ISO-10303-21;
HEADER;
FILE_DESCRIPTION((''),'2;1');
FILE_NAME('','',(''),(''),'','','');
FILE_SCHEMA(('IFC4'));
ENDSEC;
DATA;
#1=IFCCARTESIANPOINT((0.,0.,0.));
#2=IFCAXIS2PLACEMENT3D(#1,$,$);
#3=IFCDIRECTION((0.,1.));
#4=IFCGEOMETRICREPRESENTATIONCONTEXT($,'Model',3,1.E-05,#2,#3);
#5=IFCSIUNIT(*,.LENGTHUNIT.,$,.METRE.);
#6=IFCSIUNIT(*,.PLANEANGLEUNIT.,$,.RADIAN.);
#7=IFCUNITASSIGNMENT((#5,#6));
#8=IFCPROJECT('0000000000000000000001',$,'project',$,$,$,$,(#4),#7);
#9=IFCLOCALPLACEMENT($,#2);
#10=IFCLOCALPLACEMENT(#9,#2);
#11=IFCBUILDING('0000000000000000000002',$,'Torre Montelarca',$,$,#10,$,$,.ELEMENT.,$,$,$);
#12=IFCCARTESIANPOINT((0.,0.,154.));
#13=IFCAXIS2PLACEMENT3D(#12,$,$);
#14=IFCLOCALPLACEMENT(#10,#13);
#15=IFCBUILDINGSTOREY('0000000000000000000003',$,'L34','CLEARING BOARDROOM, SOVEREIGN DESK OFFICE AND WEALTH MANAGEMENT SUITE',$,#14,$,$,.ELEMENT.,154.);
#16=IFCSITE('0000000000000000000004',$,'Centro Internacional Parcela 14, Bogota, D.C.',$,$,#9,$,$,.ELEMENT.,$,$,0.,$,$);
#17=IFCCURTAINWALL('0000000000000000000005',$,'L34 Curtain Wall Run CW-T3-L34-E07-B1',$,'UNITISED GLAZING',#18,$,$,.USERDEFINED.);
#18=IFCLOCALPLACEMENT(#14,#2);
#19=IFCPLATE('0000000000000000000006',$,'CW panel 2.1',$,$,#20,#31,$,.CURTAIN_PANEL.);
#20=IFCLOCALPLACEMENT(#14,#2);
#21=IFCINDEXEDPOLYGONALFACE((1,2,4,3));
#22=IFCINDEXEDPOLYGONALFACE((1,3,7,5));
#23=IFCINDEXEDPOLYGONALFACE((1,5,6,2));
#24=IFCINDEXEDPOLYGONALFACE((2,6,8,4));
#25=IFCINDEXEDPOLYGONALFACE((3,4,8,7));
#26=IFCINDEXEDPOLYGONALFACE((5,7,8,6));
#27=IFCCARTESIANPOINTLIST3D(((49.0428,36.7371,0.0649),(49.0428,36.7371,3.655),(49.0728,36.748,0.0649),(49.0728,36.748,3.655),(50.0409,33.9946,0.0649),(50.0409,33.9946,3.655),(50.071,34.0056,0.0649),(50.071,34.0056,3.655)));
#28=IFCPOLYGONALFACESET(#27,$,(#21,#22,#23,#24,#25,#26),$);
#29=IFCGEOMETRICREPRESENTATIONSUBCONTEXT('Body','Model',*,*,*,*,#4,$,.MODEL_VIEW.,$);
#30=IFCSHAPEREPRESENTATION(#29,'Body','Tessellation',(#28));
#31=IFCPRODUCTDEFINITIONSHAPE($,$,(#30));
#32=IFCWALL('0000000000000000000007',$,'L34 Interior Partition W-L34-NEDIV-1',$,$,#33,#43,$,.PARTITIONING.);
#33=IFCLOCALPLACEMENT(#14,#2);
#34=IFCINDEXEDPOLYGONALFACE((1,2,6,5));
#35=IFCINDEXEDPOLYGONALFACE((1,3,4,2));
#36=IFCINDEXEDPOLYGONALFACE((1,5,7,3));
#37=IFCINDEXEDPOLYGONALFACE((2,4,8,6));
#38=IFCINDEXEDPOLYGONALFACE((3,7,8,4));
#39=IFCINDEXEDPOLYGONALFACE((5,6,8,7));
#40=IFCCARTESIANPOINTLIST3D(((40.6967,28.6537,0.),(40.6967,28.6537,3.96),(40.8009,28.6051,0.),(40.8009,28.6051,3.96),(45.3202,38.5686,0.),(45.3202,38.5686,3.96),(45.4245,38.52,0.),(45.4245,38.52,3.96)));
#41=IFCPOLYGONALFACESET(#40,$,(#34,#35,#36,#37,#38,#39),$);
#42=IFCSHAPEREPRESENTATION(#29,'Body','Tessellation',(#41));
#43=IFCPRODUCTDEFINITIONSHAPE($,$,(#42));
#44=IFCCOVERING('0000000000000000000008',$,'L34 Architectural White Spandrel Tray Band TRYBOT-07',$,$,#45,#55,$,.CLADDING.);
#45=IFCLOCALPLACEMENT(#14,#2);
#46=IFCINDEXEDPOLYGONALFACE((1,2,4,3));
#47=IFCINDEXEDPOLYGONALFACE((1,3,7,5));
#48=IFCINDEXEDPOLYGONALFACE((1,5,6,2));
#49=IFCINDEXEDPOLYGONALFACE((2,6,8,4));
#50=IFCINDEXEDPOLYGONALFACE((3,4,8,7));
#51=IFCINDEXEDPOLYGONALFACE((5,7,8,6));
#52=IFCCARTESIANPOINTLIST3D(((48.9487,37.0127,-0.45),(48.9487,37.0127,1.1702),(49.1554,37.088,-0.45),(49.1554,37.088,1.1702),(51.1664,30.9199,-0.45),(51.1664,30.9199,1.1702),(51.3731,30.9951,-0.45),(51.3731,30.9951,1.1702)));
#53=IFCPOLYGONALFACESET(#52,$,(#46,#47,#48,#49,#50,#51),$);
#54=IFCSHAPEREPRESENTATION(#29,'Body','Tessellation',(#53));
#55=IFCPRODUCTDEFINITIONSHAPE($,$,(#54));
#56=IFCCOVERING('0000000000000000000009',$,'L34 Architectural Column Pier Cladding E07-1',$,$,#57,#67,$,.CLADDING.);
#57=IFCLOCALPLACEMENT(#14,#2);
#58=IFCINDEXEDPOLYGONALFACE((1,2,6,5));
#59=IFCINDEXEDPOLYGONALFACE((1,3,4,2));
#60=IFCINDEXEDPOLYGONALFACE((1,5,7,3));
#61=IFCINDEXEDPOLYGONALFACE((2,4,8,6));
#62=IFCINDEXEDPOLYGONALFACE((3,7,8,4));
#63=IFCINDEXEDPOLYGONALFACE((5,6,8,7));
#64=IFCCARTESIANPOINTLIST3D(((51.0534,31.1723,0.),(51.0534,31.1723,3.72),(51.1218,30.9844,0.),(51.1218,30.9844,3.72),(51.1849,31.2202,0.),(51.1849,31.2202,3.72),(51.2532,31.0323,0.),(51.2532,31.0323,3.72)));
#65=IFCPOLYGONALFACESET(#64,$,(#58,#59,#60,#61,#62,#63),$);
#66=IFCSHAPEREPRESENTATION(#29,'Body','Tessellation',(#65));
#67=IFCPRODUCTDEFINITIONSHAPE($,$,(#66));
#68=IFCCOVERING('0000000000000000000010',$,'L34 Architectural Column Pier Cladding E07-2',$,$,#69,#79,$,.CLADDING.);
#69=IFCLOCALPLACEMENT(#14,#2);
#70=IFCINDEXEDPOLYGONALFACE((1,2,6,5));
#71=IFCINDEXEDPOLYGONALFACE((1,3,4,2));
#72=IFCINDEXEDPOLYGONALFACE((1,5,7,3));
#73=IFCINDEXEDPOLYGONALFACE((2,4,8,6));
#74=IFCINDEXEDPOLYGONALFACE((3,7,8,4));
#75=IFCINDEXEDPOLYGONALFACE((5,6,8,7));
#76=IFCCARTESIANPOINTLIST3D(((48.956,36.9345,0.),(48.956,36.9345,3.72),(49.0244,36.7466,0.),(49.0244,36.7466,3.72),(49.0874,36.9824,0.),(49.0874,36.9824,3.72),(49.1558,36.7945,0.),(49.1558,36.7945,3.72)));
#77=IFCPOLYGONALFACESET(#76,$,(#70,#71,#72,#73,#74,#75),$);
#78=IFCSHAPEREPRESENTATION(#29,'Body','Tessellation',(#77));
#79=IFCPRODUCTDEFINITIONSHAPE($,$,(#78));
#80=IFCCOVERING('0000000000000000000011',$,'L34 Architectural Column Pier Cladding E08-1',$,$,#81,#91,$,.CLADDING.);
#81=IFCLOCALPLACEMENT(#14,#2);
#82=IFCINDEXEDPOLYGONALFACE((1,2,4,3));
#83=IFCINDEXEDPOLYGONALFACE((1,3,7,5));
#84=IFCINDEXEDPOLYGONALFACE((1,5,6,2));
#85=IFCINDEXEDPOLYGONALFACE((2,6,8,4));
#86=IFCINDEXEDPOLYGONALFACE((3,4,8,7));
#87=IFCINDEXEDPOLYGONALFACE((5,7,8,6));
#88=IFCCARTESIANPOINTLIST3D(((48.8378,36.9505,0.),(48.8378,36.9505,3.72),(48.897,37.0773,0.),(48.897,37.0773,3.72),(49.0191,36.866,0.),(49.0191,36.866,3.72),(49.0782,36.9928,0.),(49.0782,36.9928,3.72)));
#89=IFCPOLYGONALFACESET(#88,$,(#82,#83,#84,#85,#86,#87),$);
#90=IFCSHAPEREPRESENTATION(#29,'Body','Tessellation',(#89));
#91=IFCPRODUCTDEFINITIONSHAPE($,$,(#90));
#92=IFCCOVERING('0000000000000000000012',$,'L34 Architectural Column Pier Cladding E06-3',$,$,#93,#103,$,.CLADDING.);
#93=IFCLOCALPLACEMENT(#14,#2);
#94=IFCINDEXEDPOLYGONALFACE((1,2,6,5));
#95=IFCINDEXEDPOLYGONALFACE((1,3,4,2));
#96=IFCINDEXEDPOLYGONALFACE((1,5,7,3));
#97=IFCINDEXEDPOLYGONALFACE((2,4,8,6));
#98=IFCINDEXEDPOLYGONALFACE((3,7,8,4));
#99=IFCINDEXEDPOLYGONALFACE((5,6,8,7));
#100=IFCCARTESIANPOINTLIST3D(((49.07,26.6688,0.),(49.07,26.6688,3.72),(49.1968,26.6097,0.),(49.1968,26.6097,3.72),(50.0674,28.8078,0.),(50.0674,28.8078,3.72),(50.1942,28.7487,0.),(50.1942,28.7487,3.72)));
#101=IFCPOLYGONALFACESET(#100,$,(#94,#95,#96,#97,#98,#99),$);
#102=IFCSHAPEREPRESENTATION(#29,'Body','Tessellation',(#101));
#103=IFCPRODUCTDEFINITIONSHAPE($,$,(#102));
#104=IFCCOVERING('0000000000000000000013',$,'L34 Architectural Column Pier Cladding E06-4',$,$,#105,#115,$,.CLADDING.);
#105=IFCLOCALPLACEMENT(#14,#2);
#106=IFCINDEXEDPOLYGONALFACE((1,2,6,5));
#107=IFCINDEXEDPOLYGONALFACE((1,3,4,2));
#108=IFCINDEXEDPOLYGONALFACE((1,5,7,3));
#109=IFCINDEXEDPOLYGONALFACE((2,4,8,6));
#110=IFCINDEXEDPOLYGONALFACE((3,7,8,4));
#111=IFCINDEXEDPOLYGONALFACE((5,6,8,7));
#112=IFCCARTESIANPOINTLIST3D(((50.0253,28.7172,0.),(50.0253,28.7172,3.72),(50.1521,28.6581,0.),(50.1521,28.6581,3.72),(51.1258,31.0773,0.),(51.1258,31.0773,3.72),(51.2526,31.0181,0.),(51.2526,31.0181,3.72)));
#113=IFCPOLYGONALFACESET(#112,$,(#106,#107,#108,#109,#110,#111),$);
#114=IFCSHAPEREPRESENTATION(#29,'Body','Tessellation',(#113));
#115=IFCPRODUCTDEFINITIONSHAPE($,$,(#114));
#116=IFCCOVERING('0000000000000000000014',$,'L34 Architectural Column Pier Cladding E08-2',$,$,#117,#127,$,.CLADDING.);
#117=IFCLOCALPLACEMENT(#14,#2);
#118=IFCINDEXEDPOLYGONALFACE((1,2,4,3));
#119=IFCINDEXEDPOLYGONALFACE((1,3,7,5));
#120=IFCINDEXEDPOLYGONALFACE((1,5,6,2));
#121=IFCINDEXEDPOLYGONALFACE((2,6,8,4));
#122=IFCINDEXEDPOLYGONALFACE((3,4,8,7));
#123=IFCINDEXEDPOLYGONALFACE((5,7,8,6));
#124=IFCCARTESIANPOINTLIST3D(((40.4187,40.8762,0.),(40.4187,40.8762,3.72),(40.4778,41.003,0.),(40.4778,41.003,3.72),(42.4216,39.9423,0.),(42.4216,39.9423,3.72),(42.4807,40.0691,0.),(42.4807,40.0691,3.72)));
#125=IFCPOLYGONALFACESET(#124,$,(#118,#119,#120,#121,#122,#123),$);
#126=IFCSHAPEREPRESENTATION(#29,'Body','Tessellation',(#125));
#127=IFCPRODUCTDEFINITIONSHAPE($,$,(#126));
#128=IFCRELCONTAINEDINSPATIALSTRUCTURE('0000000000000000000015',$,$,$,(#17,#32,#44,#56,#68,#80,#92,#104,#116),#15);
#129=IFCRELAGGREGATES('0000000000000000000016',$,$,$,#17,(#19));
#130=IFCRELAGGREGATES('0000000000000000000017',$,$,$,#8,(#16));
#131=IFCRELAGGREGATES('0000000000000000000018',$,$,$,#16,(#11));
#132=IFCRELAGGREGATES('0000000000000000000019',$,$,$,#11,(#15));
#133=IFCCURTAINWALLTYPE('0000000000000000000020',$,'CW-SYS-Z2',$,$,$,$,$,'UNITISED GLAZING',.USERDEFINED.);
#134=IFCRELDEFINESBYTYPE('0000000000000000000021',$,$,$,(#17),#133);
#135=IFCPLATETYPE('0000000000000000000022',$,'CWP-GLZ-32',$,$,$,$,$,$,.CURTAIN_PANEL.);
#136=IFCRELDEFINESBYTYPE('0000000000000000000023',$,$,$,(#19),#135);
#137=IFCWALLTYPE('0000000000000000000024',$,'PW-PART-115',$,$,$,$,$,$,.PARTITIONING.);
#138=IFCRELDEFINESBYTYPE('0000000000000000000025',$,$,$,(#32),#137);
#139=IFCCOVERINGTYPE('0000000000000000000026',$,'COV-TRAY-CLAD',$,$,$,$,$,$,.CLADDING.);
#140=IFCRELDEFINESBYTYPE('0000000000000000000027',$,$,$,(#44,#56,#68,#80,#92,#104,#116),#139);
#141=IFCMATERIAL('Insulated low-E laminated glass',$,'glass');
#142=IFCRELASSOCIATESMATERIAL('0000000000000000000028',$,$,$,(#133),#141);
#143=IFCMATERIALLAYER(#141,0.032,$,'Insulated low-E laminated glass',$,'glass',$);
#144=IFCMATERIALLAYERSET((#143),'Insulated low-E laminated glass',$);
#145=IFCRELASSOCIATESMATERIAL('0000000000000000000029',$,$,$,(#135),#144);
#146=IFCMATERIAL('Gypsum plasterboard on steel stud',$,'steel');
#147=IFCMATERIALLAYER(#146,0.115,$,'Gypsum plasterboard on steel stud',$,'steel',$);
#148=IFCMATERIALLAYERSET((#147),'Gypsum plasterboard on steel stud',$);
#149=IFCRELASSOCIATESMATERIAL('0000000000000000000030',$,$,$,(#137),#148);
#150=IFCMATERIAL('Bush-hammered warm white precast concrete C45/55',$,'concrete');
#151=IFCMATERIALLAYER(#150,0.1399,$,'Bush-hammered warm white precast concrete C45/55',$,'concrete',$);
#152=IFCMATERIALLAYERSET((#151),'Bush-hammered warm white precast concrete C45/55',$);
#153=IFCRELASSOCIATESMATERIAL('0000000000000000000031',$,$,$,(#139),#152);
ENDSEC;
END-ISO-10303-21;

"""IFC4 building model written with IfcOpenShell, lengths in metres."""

from ifc_helpers import new_model, si_unit, direction, frame, frame_2d, origin, origin_2d, place, context, subcontext, project, spatial, rectangle, extrude, source, transform, mapped, material, layer, layer_set, type_object, element, aggregate, save


model = new_model("IFC4")

# Units and contexts
model_context = context("Model", 3, precision=1e-05, world=origin(), true_north=direction((0.0, 1.0)))
body_context = subcontext(model_context, "Body", "Model", "MODEL_VIEW")
ifc_project = project(units=[si_unit("LENGTHUNIT", "METRE"), si_unit("PLANEANGLEUNIT", "RADIAN")], contexts=[model_context])

# Site, building, storey
site_placement = place(None, origin())
site = spatial("IfcSite", under=ifc_project, at=site_placement, Name="Centro Internacional Parcela 14, Bogota, D.C.", CompositionType="ELEMENT", RefElevation=0.0)
building_placement = place(site_placement, origin())
building = spatial("IfcBuilding", under=site, at=building_placement, Name="Torre Montelarca", CompositionType="ELEMENT")
storey_placement = place(building_placement, frame((0.0, 0.0, 154.0)))
storey = spatial("IfcBuildingStorey", under=building, at=storey_placement, Name="L34", Description="CLEARING BOARDROOM, SOVEREIGN DESK OFFICE AND WEALTH MANAGEMENT SUITE", CompositionType="ELEMENT", Elevation=154.0)

# Curtain wall
ifc_material_1 = material(Name="Insulated low-E laminated glass", Category="glass")
curtain_wall_type = type_object("IfcCurtainWallType", Name="CW-SYS-Z2", ElementType="UNITISED GLAZING", PredefinedType="USERDEFINED", material=ifc_material_1)
curtain_wall_1_placement = place(storey_placement, origin())
curtain_wall_1 = element("IfcCurtainWall", 1, at=curtain_wall_1_placement, inside=storey, type_object=curtain_wall_type, Name="L34 Curtain Wall Run CW-T3-L34-E07-B1", ObjectType="UNITISED GLAZING", PredefinedType="USERDEFINED")

# Plate
ifc_layer_1 = layer(ifc_material_1, 0.032, Name="Insulated low-E laminated glass", Category="glass")
ifc_layer_set_1 = layer_set([ifc_layer_1], Name="Insulated low-E laminated glass")
plate_type = type_object("IfcPlateType", Name="CWP-GLZ-32", PredefinedType="CURTAIN_PANEL", material=ifc_layer_set_1)
shared_shape_1 = source(origin(), body_context, "Body", "SweptSolid", [
    extrude(rectangle(XDim=2.9185, YDim=0.032, at=origin_2d()), origin(), (0.0, 0.0, 1.0), 3.5901),
])
plate_1_placement = place(storey_placement, frame((49.5569, 35.3713, 0.0649), z_axis=(0.0, 0.0, 1.0), x_axis=(-0.342021, 0.939692, 0.0)))
plate_1 = element("IfcPlate", 2, at=plate_1_placement, type_object=plate_type, Name="CW panel 2.1", PredefinedType="CURTAIN_PANEL", context=body_context, shape_type="MappedRepresentation", body=[
    mapped(shared_shape_1, transform((0.0, 0.0, 0.0), scale=1.0)),
])
aggregate(curtain_wall_1, [plate_1])

# Wall
ifc_material_2 = material(Name="Gypsum plasterboard on steel stud", Category="steel")
ifc_layer_2 = layer(ifc_material_2, 0.115, Name="Gypsum plasterboard on steel stud", Category="steel")
ifc_layer_set_2 = layer_set([ifc_layer_2], Name="Gypsum plasterboard on steel stud")
wall_type = type_object("IfcWallType", Name="PW-PART-115", PredefinedType="PARTITIONING", material=ifc_layer_set_2)
wall_placement = place(storey_placement, frame((40.7488, 28.6294, 0.0), z_axis=(0.0, 0.0, 1.0), x_axis=(0.422633, 0.906301, 0.0)))
element("IfcWall", 3, at=wall_placement, inside=storey, type_object=wall_type, Name="L34 Interior Partition W-L34-NEDIV-1", PredefinedType="PARTITIONING", context=body_context, shape_type="SweptSolid", body=[
    extrude(rectangle(XDim=10.9399, YDim=0.115, at=frame_2d((5.47, 0.0))), origin(), (0.0, 0.0, 1.0), 3.96),
])

# Coverings
ifc_material_3 = material(Name="Bush-hammered warm white precast concrete C45/55", Category="concrete")
ifc_layer_3 = layer(ifc_material_3, 0.1399, Name="Bush-hammered warm white precast concrete C45/55", Category="concrete")
ifc_layer_set_3 = layer_set([ifc_layer_3], Name="Bush-hammered warm white precast concrete C45/55")
covering_type = type_object("IfcCoveringType", Name="COV-TRAY-CLAD", PredefinedType="CLADDING", material=ifc_layer_set_3)
shared_shape_2 = source(origin(), body_context, "Body", "SweptSolid", [
    extrude(rectangle(XDim=6.4839, YDim=0.22, at=origin_2d()), origin(), (0.0, 0.0, 1.0), 1.6201),
])
covering_1_placement = place(storey_placement, frame((50.1609, 34.0039, -0.45), z_axis=(0.0, 0.0, 1.0), x_axis=(-0.342023, 0.939691, 0.0)))
element("IfcCovering", 4, at=covering_1_placement, inside=storey, type_object=covering_type, Name="L34 Architectural White Spandrel Tray Band TRYBOT-07", PredefinedType="CLADDING", context=body_context, shape_type="MappedRepresentation", body=[
    mapped(shared_shape_2, transform((0.0, 0.0, 0.0), scale=1.0)),
])
shared_shape_3 = source(origin(), body_context, "Body", "SweptSolid", [
    extrude(rectangle(XDim=0.2, YDim=0.1399, at=origin_2d()), origin(), (0.0, 0.0, 1.0), 3.72),
])
for number, where, z_axis, x_axis, name in (
    (5, (51.1533, 31.1023, 0.0), (0.0, 0.0, 1.0), (-0.342017, 0.939694, 0.0), "L34 Architectural Column Pier Cladding E07-1"),
    (6, (49.0559, 36.8645, 0.0), (0.0, 0.0, 1.0), (-0.342017, 0.939694, 0.0), "L34 Architectural Column Pier Cladding E07-2"),
    (7, (48.958, 36.9717, 0.0), (0.0, 0.0, 1.0), (-0.906308, 0.422618, 0.0), "L34 Architectural Column Pier Cladding E08-1"),
):
    element("IfcCovering", number, at=place(storey_placement, frame(where, z_axis=z_axis, x_axis=x_axis)), inside=storey, type_object=covering_type, Name=name, PredefinedType="CLADDING", context=body_context, shape_type="MappedRepresentation", body=[
        mapped(shared_shape_3, transform((0.0, 0.0, 0.0), scale=1.0)),
    ])
shared_shape_4 = source(origin(), body_context, "Body", "SweptSolid", [
    extrude(rectangle(XDim=2.3601, YDim=0.1399, at=origin_2d()), origin(), (0.0, 0.0, 1.0), 3.72),
])
covering_2_placement = place(storey_placement, frame((49.6321, 27.7087, 0.0), z_axis=(0.0, 0.0, 1.0), x_axis=(0.422617, 0.906309, 0.0)))
element("IfcCovering", 8, at=covering_2_placement, inside=storey, type_object=covering_type, Name="L34 Architectural Column Pier Cladding E06-3", PredefinedType="CLADDING", context=body_context, shape_type="MappedRepresentation", body=[
    mapped(shared_shape_4, transform((0.0, 0.0, 0.0), scale=1.0)),
])
shared_shape_5 = source(origin(), body_context, "Body", "SweptSolid", [
    extrude(rectangle(XDim=2.604, YDim=0.1399, at=origin_2d()), origin(), (0.0, 0.0, 1.0), 3.72),
])
covering_3_placement = place(storey_placement, frame((50.6389, 29.8677, 0.0), z_axis=(0.0, 0.0, 1.0), x_axis=(0.422617, 0.906309, 0.0)))
element("IfcCovering", 9, at=covering_3_placement, inside=storey, type_object=covering_type, Name="L34 Architectural Column Pier Cladding E06-4", PredefinedType="CLADDING", context=body_context, shape_type="MappedRepresentation", body=[
    mapped(shared_shape_5, transform((0.0, 0.0, 0.0), scale=1.0)),
])
shared_shape_6 = source(origin(), body_context, "Body", "SweptSolid", [
    extrude(rectangle(XDim=2.21, YDim=0.1399, at=origin_2d()), origin(), (0.0, 0.0, 1.0), 3.72),
])
covering_4_placement = place(storey_placement, frame((41.4497, 40.4727, 0.0), z_axis=(0.0, 0.0, 1.0), x_axis=(-0.906308, 0.422618, 0.0)))
element("IfcCovering", 10, at=covering_4_placement, inside=storey, type_object=covering_type, Name="L34 Architectural Column Pier Cladding E08-2", PredefinedType="CLADDING", context=body_context, shape_type="MappedRepresentation", body=[
    mapped(shared_shape_6, transform((0.0, 0.0, 0.0), scale=1.0)),
])

save(model, "model.ifc")
